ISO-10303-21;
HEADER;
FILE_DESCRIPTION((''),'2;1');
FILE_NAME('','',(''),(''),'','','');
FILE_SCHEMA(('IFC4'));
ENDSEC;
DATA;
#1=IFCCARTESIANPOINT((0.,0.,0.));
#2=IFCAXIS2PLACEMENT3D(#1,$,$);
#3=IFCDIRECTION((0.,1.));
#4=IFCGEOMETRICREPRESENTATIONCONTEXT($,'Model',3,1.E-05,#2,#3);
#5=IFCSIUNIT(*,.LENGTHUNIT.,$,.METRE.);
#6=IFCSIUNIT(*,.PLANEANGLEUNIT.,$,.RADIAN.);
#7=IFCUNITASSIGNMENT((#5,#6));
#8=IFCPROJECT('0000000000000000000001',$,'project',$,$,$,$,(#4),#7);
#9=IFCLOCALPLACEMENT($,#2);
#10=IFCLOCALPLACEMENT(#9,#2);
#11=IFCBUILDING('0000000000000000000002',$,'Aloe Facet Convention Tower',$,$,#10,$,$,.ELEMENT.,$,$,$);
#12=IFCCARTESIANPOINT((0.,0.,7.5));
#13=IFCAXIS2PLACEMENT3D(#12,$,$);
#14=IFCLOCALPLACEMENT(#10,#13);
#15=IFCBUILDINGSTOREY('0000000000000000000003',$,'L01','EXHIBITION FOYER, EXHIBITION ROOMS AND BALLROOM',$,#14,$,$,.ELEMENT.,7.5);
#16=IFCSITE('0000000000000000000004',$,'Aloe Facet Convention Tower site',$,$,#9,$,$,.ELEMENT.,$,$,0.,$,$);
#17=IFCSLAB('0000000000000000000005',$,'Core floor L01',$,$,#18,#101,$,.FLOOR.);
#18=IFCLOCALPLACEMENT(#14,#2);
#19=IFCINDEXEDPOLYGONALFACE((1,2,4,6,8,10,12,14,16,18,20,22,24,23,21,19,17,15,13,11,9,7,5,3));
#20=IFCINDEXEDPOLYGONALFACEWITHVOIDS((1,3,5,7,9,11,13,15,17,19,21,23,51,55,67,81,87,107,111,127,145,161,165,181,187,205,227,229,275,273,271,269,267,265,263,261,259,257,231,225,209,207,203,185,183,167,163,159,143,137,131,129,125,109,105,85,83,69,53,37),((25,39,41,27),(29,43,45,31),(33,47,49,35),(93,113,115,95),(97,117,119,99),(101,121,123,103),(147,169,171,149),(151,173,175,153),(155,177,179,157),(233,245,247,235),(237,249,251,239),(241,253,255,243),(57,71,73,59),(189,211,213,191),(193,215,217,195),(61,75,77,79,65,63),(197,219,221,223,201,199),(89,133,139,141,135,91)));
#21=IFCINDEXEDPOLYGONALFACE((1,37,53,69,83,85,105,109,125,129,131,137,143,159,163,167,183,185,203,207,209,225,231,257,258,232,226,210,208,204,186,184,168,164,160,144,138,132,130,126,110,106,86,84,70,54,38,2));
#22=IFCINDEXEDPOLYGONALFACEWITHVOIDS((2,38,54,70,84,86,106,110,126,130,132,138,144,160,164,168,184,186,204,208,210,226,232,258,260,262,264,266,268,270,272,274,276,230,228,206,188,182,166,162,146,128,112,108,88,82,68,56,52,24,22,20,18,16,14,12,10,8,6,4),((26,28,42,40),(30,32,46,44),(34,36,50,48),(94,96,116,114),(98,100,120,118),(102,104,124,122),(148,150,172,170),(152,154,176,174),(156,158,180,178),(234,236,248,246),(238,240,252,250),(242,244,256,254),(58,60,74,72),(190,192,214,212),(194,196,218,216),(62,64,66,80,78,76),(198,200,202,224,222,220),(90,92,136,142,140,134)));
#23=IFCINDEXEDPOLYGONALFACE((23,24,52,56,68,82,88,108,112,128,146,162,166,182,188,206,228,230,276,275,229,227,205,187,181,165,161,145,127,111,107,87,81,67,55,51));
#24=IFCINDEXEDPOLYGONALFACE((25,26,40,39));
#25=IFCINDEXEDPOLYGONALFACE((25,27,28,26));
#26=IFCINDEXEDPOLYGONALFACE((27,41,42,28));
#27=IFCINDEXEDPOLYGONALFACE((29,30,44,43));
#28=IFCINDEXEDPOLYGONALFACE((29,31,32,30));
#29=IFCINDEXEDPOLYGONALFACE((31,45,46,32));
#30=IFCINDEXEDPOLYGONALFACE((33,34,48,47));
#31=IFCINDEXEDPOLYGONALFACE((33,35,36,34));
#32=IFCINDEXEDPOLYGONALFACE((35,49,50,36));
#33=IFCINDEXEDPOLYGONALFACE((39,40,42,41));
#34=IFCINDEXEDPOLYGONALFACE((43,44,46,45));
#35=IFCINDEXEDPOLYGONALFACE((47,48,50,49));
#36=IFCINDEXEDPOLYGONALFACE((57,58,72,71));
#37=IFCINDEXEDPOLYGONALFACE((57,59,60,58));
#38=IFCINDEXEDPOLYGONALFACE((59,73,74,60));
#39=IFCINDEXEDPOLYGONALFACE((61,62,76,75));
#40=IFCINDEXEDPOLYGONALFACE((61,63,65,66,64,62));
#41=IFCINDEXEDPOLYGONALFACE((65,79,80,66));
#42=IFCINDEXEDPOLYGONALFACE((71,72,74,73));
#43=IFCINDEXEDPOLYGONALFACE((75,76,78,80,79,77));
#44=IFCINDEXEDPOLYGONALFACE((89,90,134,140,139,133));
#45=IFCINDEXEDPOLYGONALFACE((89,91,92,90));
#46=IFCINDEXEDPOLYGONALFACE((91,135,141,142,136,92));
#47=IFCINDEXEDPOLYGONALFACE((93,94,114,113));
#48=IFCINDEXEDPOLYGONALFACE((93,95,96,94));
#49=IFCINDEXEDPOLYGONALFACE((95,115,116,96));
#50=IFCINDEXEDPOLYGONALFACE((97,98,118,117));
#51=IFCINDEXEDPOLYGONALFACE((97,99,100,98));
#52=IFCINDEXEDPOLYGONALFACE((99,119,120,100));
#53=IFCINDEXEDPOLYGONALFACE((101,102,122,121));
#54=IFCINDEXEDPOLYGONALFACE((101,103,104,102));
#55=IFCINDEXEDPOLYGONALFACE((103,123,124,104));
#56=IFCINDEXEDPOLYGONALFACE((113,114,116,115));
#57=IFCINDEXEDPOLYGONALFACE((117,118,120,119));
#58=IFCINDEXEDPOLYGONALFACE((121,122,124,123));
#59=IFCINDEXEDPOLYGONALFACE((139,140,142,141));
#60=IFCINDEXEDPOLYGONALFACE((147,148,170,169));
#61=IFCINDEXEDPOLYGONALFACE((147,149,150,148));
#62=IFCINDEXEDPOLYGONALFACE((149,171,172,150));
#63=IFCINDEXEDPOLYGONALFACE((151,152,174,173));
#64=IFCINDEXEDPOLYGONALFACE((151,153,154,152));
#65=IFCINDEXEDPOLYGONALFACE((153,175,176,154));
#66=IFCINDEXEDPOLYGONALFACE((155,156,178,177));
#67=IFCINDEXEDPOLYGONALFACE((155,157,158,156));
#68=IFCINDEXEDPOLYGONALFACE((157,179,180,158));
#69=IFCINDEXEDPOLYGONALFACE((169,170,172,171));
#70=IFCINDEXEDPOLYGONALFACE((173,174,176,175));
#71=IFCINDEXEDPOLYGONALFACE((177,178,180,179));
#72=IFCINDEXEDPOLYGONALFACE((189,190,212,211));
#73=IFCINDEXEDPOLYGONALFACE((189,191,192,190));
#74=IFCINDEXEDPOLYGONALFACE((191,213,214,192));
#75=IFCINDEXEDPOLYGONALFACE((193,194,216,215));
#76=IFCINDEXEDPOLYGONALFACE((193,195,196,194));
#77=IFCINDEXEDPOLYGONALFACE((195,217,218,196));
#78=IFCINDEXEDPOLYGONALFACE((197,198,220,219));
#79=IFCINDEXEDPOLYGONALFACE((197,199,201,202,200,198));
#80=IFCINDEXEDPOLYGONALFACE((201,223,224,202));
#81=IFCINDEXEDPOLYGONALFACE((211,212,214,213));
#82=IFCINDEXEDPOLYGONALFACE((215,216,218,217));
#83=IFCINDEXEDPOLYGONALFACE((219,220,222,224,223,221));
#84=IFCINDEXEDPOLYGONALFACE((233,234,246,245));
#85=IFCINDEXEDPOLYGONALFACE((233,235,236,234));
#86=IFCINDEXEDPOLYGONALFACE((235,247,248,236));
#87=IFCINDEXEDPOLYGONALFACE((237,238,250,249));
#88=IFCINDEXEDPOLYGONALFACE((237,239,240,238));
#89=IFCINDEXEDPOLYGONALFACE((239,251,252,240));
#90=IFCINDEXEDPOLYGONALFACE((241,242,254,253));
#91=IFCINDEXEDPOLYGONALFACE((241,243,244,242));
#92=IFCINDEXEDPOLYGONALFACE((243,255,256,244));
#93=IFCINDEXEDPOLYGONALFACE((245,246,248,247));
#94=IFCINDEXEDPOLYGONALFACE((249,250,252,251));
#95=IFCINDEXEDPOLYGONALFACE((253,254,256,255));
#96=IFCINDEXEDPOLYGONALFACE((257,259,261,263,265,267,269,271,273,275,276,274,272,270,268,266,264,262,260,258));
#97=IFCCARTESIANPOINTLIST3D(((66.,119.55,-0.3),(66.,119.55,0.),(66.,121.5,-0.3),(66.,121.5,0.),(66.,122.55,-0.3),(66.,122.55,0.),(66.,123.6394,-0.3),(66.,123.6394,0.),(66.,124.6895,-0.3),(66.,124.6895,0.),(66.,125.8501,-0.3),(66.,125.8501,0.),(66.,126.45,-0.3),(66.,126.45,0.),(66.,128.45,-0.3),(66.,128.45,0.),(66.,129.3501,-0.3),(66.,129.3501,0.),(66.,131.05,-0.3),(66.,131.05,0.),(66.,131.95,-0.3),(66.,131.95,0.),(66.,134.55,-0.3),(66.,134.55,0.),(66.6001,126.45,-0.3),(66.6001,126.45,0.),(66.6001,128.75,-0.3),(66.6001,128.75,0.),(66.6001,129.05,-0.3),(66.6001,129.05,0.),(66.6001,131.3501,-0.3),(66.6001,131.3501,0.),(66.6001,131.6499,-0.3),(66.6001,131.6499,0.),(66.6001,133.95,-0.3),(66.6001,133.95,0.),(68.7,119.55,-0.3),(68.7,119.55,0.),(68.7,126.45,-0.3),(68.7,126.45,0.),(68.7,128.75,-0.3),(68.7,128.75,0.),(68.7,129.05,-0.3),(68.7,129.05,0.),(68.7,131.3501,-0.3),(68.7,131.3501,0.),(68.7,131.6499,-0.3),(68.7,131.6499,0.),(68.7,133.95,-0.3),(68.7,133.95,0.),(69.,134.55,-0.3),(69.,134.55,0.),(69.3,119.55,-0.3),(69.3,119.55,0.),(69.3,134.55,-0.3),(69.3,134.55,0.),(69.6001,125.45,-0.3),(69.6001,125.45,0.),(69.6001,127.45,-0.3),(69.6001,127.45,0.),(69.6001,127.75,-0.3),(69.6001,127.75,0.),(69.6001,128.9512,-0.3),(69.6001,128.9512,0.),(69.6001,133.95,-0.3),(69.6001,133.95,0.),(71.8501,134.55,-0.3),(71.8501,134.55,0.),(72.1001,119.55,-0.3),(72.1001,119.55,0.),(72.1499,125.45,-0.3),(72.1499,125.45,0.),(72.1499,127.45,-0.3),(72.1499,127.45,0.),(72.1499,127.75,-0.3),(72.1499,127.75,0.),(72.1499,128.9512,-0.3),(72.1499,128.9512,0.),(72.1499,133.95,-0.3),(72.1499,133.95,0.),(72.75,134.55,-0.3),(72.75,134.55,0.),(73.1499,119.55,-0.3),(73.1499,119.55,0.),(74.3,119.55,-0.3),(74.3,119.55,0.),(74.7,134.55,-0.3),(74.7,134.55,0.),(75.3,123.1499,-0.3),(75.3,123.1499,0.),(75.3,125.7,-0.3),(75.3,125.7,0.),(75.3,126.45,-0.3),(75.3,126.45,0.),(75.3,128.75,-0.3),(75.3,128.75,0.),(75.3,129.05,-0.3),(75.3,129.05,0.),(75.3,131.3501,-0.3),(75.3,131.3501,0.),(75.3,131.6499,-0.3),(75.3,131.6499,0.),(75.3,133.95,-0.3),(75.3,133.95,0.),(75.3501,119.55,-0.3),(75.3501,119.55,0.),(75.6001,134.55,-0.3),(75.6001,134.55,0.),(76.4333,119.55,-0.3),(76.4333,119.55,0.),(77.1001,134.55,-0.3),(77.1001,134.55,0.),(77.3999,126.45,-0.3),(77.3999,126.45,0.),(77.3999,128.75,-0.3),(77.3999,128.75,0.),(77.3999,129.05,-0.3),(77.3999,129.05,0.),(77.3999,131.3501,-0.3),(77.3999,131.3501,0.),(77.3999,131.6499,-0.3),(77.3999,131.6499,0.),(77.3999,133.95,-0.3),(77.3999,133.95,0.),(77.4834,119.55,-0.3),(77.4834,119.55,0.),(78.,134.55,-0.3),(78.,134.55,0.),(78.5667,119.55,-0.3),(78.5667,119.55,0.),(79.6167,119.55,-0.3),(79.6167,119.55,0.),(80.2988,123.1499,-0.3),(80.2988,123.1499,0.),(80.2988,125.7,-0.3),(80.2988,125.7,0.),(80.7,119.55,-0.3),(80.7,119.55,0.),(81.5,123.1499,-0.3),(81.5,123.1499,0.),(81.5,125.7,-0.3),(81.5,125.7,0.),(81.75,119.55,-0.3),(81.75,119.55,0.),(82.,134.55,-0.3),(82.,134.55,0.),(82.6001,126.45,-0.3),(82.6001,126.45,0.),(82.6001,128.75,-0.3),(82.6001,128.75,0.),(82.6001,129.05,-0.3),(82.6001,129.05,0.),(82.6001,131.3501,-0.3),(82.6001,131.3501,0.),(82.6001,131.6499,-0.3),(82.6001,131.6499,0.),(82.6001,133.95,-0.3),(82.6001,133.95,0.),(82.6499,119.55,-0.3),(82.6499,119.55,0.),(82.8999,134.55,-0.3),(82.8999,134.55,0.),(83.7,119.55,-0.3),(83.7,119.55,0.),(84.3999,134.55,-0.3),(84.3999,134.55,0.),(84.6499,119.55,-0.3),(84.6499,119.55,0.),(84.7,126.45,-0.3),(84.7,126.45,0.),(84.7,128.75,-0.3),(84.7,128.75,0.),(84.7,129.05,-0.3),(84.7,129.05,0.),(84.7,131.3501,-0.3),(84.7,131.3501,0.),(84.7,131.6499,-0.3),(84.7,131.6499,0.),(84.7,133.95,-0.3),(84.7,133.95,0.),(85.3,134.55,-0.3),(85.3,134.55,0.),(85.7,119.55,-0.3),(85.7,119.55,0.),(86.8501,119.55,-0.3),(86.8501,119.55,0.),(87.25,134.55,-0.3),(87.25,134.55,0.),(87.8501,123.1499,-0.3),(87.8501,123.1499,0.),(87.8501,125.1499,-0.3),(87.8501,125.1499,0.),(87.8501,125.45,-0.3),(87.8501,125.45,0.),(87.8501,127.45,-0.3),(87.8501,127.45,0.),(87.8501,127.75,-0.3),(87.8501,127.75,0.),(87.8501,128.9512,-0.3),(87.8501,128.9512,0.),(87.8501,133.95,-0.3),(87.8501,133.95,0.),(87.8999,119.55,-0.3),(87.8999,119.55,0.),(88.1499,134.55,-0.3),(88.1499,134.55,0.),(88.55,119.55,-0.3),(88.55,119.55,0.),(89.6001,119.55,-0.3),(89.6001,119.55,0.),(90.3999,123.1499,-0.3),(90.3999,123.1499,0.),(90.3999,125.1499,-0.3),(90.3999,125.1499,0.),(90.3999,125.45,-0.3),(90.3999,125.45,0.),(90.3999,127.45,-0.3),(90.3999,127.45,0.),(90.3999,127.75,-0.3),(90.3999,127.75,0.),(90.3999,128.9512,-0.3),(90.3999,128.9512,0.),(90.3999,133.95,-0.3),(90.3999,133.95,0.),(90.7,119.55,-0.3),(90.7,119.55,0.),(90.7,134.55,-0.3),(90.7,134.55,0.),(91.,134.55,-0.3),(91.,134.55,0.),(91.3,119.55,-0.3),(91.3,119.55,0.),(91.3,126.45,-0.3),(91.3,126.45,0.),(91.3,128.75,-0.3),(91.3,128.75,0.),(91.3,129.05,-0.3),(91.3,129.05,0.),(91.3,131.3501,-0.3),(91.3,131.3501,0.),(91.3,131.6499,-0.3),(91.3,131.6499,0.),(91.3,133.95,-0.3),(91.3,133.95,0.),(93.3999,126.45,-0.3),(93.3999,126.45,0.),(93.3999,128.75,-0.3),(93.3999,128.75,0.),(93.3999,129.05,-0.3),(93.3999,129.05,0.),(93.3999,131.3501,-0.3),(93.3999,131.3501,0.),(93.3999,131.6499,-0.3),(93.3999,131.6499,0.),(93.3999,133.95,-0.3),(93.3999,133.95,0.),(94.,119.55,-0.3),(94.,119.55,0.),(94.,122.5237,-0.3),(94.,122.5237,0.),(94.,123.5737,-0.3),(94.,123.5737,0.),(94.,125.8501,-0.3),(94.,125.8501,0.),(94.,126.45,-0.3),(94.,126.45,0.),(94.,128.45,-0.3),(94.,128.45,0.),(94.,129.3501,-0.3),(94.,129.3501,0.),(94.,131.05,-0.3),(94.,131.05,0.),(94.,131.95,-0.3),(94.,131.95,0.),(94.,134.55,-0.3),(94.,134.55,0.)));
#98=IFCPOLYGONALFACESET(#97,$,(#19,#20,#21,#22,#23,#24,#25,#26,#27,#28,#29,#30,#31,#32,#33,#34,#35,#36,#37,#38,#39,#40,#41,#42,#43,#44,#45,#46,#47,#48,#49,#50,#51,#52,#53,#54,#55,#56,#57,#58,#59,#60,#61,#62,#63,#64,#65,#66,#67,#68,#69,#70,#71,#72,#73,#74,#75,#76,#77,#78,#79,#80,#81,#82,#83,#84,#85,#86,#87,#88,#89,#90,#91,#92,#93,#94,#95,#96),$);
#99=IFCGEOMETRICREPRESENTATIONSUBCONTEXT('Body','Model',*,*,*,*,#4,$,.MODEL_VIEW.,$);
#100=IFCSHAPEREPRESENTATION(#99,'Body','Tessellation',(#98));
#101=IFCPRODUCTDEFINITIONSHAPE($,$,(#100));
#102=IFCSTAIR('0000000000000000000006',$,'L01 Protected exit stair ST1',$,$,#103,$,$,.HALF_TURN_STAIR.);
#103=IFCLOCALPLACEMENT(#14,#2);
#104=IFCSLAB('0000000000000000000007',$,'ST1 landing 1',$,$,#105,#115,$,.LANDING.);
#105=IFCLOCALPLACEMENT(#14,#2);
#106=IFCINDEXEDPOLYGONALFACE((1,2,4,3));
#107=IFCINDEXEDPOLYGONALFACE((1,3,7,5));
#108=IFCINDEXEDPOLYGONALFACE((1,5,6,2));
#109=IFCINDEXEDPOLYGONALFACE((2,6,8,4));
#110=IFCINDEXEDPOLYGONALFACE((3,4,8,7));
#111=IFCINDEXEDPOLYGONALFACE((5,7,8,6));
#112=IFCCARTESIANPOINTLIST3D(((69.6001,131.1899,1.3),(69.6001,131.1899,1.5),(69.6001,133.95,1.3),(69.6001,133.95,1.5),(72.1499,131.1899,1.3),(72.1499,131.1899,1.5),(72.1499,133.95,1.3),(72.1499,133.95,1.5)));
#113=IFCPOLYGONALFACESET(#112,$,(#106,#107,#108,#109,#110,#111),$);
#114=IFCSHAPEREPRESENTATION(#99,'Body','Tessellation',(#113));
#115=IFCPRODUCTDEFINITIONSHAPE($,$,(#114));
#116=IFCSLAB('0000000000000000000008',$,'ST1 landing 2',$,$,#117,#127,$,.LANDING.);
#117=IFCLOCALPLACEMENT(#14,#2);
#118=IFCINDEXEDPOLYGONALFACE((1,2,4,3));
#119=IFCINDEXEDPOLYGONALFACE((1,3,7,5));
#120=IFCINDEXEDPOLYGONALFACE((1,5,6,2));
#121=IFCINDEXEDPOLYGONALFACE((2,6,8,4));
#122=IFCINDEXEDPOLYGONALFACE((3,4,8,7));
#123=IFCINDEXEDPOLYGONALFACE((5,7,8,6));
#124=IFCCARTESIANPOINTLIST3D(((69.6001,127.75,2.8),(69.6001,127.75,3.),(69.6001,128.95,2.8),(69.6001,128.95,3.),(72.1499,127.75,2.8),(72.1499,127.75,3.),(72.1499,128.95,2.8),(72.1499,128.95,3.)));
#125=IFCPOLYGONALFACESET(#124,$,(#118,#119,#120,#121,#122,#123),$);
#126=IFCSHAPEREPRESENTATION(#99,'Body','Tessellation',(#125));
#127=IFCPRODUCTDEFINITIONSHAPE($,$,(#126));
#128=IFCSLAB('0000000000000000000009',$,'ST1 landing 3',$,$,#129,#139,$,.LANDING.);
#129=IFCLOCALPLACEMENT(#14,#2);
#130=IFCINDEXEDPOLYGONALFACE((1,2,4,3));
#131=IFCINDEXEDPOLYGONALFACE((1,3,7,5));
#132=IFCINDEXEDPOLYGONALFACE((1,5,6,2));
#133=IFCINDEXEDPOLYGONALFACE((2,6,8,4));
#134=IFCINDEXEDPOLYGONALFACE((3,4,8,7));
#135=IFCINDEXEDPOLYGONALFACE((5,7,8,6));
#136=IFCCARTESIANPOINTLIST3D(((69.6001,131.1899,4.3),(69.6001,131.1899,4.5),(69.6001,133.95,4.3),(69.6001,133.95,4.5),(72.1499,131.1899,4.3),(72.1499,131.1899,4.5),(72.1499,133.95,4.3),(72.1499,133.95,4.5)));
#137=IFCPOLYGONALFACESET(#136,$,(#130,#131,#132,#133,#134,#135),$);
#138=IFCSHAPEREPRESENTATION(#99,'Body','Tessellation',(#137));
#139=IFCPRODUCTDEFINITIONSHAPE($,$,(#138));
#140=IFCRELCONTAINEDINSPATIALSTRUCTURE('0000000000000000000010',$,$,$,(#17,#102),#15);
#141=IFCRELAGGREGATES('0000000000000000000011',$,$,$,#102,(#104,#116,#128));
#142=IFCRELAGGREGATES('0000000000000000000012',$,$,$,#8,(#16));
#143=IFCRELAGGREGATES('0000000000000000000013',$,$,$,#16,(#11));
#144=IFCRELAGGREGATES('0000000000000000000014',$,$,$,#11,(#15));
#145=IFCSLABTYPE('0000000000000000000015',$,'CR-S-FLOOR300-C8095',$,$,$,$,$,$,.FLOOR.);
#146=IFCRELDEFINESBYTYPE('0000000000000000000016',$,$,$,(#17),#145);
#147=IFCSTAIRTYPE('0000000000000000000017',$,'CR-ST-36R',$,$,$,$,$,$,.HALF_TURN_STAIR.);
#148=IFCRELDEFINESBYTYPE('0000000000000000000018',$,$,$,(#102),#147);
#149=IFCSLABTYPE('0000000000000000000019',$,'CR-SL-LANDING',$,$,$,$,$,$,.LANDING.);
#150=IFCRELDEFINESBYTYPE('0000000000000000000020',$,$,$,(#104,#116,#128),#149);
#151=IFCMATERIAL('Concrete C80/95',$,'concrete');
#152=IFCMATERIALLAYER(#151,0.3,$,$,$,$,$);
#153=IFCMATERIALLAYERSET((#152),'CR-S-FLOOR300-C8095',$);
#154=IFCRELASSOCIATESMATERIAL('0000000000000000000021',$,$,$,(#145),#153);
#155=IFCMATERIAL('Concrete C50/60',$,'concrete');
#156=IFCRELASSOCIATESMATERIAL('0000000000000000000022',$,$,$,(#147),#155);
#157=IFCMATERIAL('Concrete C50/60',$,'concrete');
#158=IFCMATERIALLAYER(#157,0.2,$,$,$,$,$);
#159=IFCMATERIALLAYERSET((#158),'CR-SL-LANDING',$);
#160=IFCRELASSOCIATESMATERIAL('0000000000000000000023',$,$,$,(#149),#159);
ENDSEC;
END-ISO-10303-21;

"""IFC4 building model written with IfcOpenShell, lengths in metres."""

from ifc_helpers import new_model, si_unit, direction, frame, origin, place, context, subcontext, project, spatial, polyline, outline, extrude, material, layer, layer_set, type_object, element, aggregate, save


model = new_model("IFC4")

# Units and contexts
model_context = context("Model", 3, precision=1e-05, world=origin(), true_north=direction((0.0, 1.0)))
body_context = subcontext(model_context, "Body", "Model", "MODEL_VIEW")
ifc_project = project(units=[si_unit("LENGTHUNIT", "METRE"), si_unit("PLANEANGLEUNIT", "RADIAN")], contexts=[model_context])

# Site, building, storey
site_placement = place(None, origin())
site = spatial("IfcSite", under=ifc_project, at=site_placement, Name="Aloe Facet Convention Tower site", CompositionType="ELEMENT", RefElevation=0.0)
building_placement = place(site_placement, origin())
building = spatial("IfcBuilding", under=site, at=building_placement, Name="Aloe Facet Convention Tower", CompositionType="ELEMENT")
storey_placement = place(building_placement, frame((0.0, 0.0, 7.5)))
storey = spatial("IfcBuildingStorey", under=building, at=storey_placement, Name="L01", Description="EXHIBITION FOYER, EXHIBITION ROOMS AND BALLROOM", CompositionType="ELEMENT", Elevation=7.5)

# Slab
ifc_material_1 = material(Name="Concrete C80/95", Category="concrete")
ifc_layer_1 = layer(ifc_material_1, 0.3)
ifc_layer_set_1 = layer_set([ifc_layer_1], Name="CR-S-FLOOR300-C8095")
slab_type_1 = type_object("IfcSlabType", Name="CR-S-FLOOR300-C8095", PredefinedType="FLOOR", material=ifc_layer_set_1)
slab_1_placement = place(storey_placement, frame((0.0, 0.0, -0.3)))
element("IfcSlab", 1, at=slab_1_placement, inside=storey, type_object=slab_type_1, Name="Core floor L01", PredefinedType="FLOOR", context=body_context, shape_type="SweptSolid", body=[
    extrude(outline(polyline([(69.3, 134.55), (71.8501, 134.55), (72.75, 134.55), (74.7, 134.55), (75.6001, 134.55), (77.1001, 134.55), (78.0, 134.55), (82.0, 134.55), (82.8999, 134.55), (84.3999, 134.55), (85.3, 134.55), (87.25, 134.55), (88.1499, 134.55), (90.7, 134.55), (91.0, 134.55), (94.0, 134.55), (94.0, 131.95), (94.0, 131.05), (94.0, 129.3501), (94.0, 128.45), (94.0, 126.45), (94.0, 125.8501), (94.0, 123.5737), (94.0, 122.5237), (94.0, 119.55), (91.3, 119.55), (90.7, 119.55), (89.6001, 119.55), (88.55, 119.55), (87.8999, 119.55), (86.8501, 119.55), (85.7, 119.55), (84.6499, 119.55), (83.7, 119.55), (82.6499, 119.55), (81.75, 119.55), (80.7, 119.55), (79.6167, 119.55), (78.5667, 119.55), (77.4834, 119.55), (76.4333, 119.55), (75.3501, 119.55), (74.3, 119.55), (73.1499, 119.55), (72.1001, 119.55), (69.3, 119.55), (68.7, 119.55), (66.0, 119.55), (66.0, 121.5), (66.0, 122.55), (66.0, 123.6394), (66.0, 124.6895), (66.0, 125.8501), (66.0, 126.45), (66.0, 128.45), (66.0, 129.3501), (66.0, 131.05), (66.0, 131.95), (66.0, 134.55), (69.0, 134.55), (69.3, 134.55)]), holes=[polyline([(75.3, 123.1499), (80.2988, 123.1499), (81.5, 123.1499), (81.5, 125.7), (80.2988, 125.7), (75.3, 125.7), (75.3, 123.1499)]), polyline([(69.6001, 125.45), (72.1499, 125.45), (72.1499, 127.45), (69.6001, 127.45), (69.6001, 125.45)]), polyline([(66.6001, 126.45), (68.7, 126.45), (68.7, 128.75), (66.6001, 128.75), (66.6001, 126.45)]), polyline([(75.3, 126.45), (77.3999, 126.45), (77.3999, 128.75), (75.3, 128.75), (75.3, 126.45)]), polyline([(66.6001, 129.05), (68.7, 129.05), (68.7, 131.3501), (66.6001, 131.3501), (66.6001, 129.05)]), polyline([(75.3, 129.05), (77.3999, 129.05), (77.3999, 131.3501), (75.3, 131.3501), (75.3, 129.05)]), polyline([(69.6001, 133.95), (69.6001, 128.9512), (69.6001, 127.75), (72.1499, 127.75), (72.1499, 128.9512), (72.1499, 133.95), (69.6001, 133.95)]), polyline([(66.6001, 133.95), (66.6001, 131.6499), (68.7, 131.6499), (68.7, 133.95), (66.6001, 133.95)]), polyline([(75.3, 133.95), (75.3, 131.6499), (77.3999, 131.6499), (77.3999, 133.95), (75.3, 133.95)]), polyline([(87.8501, 123.1499), (90.3999, 123.1499), (90.3999, 125.1499), (87.8501, 125.1499), (87.8501, 123.1499)]), polyline([(87.8501, 125.45), (90.3999, 125.45), (90.3999, 127.45), (87.8501, 127.45), (87.8501, 125.45)]), polyline([(82.6001, 126.45), (84.7, 126.45), (84.7, 128.75), (82.6001, 128.75), (82.6001, 126.45)]), polyline([(91.3, 126.45), (93.3999, 126.45), (93.3999, 128.75), (91.3, 128.75), (91.3, 126.45)]), polyline([(82.6001, 129.05), (84.7, 129.05), (84.7, 131.3501), (82.6001, 131.3501), (82.6001, 129.05)]), polyline([(91.3, 129.05), (93.3999, 129.05), (93.3999, 131.3501), (91.3, 131.3501), (91.3, 129.05)]), polyline([(87.8501, 133.95), (87.8501, 128.9512), (87.8501, 127.75), (90.3999, 127.75), (90.3999, 128.9512), (90.3999, 133.95), (87.8501, 133.95)]), polyline([(82.6001, 133.95), (82.6001, 131.6499), (84.7, 131.6499), (84.7, 133.95), (82.6001, 133.95)]), polyline([(91.3, 133.95), (91.3, 131.6499), (93.3999, 131.6499), (93.3999, 133.95), (91.3, 133.95)])]), origin(), (0.0, 0.0, 1.0), 0.3),
])

# Stair, slabs
ifc_material_2 = material(Name="Concrete C50/60", Category="concrete")
stair_type_1 = type_object("IfcStairType", Name="CR-ST-36R", PredefinedType="HALF_TURN_STAIR", material=ifc_material_2)
stair_1_placement = place(storey_placement, origin())
stair_1 = element("IfcStair", 2, at=stair_1_placement, inside=storey, type_object=stair_type_1, Name="L01 Protected exit stair ST1", PredefinedType="HALF_TURN_STAIR")
ifc_material_3 = material(Name="Concrete C50/60", Category="concrete")
ifc_layer_2 = layer(ifc_material_3, 0.2)
ifc_layer_set_2 = layer_set([ifc_layer_2], Name="CR-SL-LANDING")
slab_type_2 = type_object("IfcSlabType", Name="CR-SL-LANDING", PredefinedType="LANDING", material=ifc_layer_set_2)
slab_2_placement = place(storey_placement, frame((0.0, 0.0, 1.3)))
slab_2 = element("IfcSlab", 3, at=slab_2_placement, type_object=slab_type_2, Name="ST1 landing 1", PredefinedType="LANDING", context=body_context, shape_type="SweptSolid", body=[
    extrude(outline(polyline([(72.1499, 131.1899), (72.1499, 133.95), (69.6001, 133.95), (69.6001, 131.1899), (72.1499, 131.1899)])), origin(), (0.0, 0.0, 1.0), 0.2),
])
slab_3_placement = place(storey_placement, frame((0.0, 0.0, 2.8)))
slab_3 = element("IfcSlab", 4, at=slab_3_placement, type_object=slab_type_2, Name="ST1 landing 2", PredefinedType="LANDING", context=body_context, shape_type="SweptSolid", body=[
    extrude(outline(polyline([(72.1499, 127.75), (72.1499, 128.95), (69.6001, 128.95), (69.6001, 127.75), (72.1499, 127.75)])), origin(), (0.0, 0.0, 1.0), 0.2),
])
slab_4_placement = place(storey_placement, frame((0.0, 0.0, 4.3)))
slab_4 = element("IfcSlab", 5, at=slab_4_placement, type_object=slab_type_2, Name="ST1 landing 3", PredefinedType="LANDING", context=body_context, shape_type="SweptSolid", body=[
    extrude(outline(polyline([(72.1499, 131.1899), (72.1499, 133.95), (69.6001, 133.95), (69.6001, 131.1899), (72.1499, 131.1899)])), origin(), (0.0, 0.0, 1.0), 0.2),
])
aggregate(stair_1, [slab_2, slab_3, slab_4])

save(model, "model.ifc")
